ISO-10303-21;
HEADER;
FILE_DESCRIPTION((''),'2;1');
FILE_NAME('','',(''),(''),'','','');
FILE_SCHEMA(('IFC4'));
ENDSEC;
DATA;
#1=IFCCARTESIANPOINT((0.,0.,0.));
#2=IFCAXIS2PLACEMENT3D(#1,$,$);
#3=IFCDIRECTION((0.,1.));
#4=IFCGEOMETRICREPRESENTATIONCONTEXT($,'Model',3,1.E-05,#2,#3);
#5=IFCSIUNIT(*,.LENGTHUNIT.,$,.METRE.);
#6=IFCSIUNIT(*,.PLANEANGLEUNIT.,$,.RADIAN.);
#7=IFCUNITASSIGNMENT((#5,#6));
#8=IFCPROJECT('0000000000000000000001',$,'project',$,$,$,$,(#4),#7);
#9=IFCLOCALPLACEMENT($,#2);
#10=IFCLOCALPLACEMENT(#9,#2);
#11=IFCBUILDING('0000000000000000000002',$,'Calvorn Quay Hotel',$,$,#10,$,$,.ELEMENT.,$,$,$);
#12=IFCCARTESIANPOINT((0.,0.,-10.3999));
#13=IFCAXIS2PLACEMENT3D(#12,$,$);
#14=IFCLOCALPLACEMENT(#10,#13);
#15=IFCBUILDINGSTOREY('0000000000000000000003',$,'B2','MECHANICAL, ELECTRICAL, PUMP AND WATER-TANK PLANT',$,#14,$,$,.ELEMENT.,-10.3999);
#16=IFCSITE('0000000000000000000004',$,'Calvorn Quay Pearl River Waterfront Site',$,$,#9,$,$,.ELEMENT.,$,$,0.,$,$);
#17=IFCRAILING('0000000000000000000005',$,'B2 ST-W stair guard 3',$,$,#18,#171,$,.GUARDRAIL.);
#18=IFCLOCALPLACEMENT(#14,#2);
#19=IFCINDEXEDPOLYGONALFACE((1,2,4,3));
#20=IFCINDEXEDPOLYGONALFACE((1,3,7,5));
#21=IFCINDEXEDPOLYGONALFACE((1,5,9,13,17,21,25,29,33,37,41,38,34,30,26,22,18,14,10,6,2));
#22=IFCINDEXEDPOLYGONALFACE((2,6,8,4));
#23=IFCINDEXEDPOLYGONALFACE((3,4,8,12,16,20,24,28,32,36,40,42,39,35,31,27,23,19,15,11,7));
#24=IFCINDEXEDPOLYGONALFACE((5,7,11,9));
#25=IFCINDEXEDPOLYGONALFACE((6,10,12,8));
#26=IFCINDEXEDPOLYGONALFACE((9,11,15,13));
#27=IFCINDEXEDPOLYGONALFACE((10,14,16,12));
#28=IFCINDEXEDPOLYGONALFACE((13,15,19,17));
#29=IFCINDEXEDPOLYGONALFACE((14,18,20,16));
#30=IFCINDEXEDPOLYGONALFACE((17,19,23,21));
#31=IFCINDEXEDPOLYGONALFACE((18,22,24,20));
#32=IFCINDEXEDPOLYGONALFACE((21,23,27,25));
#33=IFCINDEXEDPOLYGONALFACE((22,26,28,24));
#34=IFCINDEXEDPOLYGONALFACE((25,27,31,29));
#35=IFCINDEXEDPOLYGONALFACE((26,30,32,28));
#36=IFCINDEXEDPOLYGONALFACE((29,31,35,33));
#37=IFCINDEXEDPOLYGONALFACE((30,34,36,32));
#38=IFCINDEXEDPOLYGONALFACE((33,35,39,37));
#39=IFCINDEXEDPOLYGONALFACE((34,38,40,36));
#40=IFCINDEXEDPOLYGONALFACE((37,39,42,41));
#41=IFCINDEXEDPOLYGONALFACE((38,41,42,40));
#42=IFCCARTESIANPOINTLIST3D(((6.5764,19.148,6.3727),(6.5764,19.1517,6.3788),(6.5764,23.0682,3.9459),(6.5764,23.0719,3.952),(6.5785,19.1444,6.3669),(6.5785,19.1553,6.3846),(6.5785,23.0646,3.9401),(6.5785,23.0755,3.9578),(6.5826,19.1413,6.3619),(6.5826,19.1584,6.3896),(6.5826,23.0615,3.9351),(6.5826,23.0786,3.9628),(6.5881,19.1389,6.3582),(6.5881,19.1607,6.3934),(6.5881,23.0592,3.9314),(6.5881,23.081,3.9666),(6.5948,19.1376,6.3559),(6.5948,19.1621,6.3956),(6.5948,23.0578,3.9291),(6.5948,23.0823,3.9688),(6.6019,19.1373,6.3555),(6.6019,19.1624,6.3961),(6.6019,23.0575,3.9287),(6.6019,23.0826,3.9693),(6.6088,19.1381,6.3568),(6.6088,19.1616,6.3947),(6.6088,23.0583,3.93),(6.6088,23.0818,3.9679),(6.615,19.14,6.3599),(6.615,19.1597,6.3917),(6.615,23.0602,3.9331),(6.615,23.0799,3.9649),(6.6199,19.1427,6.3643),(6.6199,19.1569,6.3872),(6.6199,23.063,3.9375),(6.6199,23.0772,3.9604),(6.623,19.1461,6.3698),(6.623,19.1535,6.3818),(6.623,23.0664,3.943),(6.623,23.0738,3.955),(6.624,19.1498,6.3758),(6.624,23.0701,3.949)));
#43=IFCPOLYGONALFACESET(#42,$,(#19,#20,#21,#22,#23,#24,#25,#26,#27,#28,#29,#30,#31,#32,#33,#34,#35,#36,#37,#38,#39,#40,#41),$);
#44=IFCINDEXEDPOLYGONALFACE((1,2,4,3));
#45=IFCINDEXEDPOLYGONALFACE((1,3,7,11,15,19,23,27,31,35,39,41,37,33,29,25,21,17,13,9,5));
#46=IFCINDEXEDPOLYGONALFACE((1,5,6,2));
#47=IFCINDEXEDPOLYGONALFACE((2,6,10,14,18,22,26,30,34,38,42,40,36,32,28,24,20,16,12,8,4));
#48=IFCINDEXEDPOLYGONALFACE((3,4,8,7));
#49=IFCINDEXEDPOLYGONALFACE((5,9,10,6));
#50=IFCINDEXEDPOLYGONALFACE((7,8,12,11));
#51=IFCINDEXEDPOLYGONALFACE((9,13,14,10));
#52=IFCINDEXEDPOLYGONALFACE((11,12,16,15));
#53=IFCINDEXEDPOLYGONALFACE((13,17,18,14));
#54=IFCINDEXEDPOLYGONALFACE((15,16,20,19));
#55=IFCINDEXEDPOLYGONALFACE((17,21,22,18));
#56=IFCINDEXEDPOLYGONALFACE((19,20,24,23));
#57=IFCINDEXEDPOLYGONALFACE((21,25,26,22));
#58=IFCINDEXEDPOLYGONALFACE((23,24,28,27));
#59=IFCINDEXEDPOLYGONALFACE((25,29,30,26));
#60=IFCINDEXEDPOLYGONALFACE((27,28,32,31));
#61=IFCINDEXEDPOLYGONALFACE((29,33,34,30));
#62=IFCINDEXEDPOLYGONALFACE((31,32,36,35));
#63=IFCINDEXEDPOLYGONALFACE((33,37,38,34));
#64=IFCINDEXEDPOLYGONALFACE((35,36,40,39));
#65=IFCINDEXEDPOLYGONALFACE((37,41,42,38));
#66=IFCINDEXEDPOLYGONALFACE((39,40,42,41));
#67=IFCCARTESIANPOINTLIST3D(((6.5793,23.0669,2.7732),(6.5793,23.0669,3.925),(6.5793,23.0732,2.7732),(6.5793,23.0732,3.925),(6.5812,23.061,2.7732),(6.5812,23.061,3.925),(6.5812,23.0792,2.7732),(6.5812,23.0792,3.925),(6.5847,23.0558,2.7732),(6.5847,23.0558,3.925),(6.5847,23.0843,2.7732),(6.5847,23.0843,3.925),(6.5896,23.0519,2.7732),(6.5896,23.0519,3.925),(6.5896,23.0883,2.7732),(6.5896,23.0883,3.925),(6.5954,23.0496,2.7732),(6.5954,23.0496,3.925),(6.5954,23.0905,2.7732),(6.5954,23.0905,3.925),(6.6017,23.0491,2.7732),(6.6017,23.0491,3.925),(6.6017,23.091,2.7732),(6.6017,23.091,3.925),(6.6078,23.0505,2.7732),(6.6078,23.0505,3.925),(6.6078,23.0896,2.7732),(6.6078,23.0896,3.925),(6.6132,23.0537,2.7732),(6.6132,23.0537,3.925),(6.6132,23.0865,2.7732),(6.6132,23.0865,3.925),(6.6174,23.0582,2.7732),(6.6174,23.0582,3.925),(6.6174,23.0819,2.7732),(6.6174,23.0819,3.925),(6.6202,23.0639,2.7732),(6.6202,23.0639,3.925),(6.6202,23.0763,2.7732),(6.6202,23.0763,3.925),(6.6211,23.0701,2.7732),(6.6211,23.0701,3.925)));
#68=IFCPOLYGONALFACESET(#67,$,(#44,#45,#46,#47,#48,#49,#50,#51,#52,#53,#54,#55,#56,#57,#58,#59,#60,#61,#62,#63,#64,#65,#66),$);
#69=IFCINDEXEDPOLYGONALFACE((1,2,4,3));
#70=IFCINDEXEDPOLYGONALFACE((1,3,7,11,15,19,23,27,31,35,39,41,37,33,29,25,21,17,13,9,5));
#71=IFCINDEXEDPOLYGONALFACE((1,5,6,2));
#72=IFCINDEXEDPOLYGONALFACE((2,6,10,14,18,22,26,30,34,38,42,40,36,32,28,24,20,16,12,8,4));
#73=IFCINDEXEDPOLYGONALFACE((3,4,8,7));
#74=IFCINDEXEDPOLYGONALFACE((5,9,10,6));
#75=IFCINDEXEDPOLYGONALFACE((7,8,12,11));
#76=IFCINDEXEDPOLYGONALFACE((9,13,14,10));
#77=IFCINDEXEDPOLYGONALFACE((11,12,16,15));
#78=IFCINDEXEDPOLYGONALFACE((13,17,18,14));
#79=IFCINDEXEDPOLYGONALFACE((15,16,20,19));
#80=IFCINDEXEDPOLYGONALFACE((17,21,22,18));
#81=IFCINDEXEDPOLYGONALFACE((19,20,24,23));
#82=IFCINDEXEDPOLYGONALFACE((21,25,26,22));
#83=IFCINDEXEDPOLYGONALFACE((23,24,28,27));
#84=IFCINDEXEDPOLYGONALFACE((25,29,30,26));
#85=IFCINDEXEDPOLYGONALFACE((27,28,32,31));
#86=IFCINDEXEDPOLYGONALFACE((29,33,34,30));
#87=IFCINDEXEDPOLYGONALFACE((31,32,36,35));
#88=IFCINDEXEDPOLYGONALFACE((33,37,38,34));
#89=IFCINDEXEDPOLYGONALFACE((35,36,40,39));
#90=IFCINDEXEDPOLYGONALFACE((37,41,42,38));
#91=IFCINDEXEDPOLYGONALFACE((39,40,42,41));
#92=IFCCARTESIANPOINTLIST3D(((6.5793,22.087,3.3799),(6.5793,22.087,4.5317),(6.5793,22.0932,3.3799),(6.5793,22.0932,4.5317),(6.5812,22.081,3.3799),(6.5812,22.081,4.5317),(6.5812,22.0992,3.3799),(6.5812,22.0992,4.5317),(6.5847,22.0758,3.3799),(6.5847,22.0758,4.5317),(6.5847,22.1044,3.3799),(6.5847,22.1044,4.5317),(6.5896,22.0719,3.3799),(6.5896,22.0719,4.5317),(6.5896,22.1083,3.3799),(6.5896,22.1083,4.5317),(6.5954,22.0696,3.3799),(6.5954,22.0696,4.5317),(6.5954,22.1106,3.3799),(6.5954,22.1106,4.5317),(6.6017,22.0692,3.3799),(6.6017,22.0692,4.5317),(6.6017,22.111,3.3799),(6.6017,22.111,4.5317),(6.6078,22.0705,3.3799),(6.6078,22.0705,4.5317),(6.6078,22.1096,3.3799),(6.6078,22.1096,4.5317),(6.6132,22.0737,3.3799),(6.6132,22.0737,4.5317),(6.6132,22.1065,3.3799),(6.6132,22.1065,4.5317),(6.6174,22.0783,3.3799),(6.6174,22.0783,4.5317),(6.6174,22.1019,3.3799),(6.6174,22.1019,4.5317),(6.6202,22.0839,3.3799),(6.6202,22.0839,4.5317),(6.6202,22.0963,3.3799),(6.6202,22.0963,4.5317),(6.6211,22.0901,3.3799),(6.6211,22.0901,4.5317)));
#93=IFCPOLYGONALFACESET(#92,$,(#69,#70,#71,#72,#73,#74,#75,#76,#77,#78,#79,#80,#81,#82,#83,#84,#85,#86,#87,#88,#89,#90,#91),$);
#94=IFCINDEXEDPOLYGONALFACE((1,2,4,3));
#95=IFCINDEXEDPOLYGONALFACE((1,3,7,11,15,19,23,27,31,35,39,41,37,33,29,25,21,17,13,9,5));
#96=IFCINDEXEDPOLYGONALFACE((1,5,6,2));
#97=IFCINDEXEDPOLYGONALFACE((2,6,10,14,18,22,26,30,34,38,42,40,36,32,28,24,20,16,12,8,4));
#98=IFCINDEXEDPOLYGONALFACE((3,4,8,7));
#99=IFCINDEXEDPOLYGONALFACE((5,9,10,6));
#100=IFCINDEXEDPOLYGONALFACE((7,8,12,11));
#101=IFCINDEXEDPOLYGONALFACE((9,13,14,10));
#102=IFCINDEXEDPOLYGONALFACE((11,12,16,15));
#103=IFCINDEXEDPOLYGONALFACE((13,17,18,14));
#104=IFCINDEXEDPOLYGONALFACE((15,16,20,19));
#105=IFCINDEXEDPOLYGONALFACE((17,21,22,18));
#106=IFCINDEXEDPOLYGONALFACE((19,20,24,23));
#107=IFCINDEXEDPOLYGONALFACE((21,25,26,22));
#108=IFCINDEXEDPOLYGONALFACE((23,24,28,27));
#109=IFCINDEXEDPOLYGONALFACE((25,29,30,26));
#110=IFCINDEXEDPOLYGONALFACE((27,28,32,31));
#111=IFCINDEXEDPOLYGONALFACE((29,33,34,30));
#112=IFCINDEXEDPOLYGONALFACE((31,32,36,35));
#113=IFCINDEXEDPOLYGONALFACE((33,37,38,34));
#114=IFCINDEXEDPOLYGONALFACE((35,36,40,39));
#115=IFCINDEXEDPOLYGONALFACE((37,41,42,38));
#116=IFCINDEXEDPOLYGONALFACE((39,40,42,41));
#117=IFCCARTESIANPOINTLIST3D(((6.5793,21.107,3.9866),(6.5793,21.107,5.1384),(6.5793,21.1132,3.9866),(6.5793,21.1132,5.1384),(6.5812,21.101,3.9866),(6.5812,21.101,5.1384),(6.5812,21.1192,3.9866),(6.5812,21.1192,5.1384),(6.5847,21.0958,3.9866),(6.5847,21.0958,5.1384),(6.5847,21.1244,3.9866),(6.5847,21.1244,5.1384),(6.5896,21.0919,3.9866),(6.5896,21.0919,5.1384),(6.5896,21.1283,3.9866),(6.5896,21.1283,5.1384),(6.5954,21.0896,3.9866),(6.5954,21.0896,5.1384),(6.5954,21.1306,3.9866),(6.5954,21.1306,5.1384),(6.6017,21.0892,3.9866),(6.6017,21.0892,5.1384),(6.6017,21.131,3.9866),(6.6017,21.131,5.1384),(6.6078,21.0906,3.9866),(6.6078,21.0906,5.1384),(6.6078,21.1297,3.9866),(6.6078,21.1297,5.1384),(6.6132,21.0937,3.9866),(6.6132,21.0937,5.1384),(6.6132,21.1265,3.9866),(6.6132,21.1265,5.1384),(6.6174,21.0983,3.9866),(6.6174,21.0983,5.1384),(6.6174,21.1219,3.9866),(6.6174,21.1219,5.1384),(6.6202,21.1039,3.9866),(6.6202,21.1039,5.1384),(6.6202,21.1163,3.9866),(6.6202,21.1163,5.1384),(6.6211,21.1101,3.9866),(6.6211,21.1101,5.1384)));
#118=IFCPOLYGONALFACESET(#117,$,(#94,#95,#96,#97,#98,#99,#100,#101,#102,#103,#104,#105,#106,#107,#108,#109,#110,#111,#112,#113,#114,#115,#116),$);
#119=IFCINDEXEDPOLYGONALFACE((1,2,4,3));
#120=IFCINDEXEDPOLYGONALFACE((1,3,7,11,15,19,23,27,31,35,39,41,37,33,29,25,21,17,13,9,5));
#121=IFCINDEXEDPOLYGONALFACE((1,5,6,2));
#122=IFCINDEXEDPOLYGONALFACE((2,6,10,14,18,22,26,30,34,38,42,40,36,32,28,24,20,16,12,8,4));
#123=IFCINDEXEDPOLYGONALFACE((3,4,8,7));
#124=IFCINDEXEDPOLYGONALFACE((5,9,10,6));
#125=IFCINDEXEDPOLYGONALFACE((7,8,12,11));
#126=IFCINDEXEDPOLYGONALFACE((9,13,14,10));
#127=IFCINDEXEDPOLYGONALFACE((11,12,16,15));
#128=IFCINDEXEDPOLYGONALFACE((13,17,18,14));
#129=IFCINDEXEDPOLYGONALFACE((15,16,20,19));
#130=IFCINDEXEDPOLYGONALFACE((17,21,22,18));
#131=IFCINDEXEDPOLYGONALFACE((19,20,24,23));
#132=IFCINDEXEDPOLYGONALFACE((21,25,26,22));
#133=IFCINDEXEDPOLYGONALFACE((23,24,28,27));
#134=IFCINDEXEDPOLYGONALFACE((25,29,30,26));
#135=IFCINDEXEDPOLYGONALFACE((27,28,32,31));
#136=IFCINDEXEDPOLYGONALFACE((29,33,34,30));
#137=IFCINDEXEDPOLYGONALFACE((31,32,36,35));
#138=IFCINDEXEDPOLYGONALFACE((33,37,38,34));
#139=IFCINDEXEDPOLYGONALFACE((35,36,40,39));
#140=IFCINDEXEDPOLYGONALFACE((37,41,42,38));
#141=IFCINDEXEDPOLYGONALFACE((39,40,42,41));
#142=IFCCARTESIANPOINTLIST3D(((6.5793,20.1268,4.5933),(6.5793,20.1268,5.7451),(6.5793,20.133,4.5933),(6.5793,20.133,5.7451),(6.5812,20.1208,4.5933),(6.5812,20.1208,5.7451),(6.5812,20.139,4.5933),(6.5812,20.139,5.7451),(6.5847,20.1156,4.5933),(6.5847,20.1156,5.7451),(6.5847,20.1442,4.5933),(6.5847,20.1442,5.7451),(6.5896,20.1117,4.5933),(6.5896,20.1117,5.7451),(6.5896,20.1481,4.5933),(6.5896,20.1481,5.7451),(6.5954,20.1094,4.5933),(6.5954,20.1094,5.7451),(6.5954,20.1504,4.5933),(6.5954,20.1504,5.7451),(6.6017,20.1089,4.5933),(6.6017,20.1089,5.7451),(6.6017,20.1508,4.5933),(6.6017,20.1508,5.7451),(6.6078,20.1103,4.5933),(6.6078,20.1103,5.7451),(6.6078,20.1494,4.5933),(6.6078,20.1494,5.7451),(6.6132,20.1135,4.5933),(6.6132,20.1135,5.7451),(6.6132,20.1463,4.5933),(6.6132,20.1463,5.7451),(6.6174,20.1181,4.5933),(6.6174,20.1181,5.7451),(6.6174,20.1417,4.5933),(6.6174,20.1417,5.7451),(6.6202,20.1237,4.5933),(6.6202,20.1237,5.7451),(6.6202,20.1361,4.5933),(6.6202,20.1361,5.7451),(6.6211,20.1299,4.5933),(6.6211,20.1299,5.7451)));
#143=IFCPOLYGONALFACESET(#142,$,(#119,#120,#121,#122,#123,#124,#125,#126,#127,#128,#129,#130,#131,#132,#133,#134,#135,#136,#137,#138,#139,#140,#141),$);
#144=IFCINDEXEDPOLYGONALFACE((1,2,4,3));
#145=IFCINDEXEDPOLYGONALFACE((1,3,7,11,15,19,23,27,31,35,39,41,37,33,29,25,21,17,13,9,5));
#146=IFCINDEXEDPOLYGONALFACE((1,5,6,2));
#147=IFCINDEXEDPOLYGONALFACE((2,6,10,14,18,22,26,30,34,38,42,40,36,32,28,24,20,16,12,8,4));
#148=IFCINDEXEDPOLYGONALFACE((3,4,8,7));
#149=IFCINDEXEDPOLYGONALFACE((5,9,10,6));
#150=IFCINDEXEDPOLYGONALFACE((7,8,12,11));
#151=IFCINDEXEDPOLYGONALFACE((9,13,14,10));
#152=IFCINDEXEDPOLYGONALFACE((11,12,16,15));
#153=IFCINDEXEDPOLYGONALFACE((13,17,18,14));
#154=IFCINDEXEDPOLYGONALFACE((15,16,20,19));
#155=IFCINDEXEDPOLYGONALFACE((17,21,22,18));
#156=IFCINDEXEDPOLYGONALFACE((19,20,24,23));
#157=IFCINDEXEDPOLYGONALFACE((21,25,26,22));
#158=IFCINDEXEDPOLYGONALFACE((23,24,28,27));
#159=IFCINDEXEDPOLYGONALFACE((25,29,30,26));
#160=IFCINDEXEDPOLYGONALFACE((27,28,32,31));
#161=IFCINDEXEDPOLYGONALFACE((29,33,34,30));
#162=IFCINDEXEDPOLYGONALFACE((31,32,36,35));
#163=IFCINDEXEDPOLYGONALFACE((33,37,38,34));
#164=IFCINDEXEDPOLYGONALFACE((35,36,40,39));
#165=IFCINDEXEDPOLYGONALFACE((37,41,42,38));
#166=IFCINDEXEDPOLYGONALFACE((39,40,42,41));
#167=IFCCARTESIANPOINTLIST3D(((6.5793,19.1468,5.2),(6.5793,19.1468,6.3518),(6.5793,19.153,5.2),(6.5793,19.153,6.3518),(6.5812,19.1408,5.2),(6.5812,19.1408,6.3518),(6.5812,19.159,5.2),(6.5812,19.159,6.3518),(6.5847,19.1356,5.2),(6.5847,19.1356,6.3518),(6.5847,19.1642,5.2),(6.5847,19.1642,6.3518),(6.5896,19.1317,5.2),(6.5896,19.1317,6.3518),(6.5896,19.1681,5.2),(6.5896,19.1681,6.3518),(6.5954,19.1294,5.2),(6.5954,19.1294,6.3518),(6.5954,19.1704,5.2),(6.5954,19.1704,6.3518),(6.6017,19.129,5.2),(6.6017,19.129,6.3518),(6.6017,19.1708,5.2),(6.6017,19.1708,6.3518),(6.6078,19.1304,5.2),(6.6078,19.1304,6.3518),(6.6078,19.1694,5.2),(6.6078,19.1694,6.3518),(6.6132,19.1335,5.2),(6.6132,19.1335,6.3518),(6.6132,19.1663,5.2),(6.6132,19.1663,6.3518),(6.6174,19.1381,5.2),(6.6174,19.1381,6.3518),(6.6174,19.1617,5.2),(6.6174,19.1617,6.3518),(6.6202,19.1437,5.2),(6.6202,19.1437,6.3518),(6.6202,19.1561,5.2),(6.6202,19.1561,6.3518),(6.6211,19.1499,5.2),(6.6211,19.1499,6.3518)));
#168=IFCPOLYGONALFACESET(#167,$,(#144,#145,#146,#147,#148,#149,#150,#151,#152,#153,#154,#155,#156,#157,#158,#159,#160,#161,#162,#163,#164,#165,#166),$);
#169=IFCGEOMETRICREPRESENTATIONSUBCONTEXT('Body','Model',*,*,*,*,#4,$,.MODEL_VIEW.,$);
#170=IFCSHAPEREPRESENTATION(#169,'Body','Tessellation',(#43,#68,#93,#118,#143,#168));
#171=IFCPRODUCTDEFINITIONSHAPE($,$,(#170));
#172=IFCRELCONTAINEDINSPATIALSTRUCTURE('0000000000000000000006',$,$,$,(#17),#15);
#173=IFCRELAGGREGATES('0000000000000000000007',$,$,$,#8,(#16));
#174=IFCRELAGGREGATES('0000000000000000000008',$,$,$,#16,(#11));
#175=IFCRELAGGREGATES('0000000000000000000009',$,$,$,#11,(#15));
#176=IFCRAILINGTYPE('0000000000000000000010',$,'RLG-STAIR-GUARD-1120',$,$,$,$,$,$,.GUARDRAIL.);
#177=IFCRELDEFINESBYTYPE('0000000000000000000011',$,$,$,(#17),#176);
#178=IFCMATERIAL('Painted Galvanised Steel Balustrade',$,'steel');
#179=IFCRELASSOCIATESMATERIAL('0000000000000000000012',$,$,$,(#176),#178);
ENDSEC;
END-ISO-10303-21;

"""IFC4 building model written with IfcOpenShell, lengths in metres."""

from ifc_helpers import new_model, si_unit, direction, frame, origin, origin_2d, place, context, subcontext, project, spatial, circle, extrude, material, type_object, element, save


model = new_model("IFC4")

# Units and contexts
model_context = context("Model", 3, precision=1e-05, world=origin(), true_north=direction((0.0, 1.0)))
body_context = subcontext(model_context, "Body", "Model", "MODEL_VIEW")
ifc_project = project(units=[si_unit("LENGTHUNIT", "METRE"), si_unit("PLANEANGLEUNIT", "RADIAN")], contexts=[model_context])

# Site, building, storey
site_placement = place(None, origin())
site = spatial("IfcSite", under=ifc_project, at=site_placement, Name="Calvorn Quay Pearl River Waterfront Site", CompositionType="ELEMENT", RefElevation=0.0)
building_placement = place(site_placement, origin())
building = spatial("IfcBuilding", under=site, at=building_placement, Name="Calvorn Quay Hotel", CompositionType="ELEMENT")
storey_placement = place(building_placement, frame((0.0, 0.0, -10.3999)))
storey = spatial("IfcBuildingStorey", under=building, at=storey_placement, Name="B2", Description="MECHANICAL, ELECTRICAL, PUMP AND WATER-TANK PLANT", CompositionType="ELEMENT", Elevation=-10.3999)

# Railing
ifc_material_1 = material(Name="Painted Galvanised Steel Balustrade", Category="steel")
railing_type_1 = type_object("IfcRailingType", Name="RLG-STAIR-GUARD-1120", PredefinedType="GUARDRAIL", material=ifc_material_1)
railing_1_placement = place(storey_placement, frame((6.6001, 23.0701, 2.7732)))
element("IfcRailing", 1, at=railing_1_placement, inside=storey, type_object=railing_type_1, Name="B2 ST-W stair guard 3", PredefinedType="GUARDRAIL", context=body_context, shape_type="SweptSolid", body=[
    extrude(circle(Radius=0.0239, at=origin_2d()), frame((0.0, 0.0, 1.1758), z_axis=(0.0, -0.850266, 0.526353), x_axis=(1.0, 0.0, 0.0)), (0.0, 0.0, 1.0), 4.6106),
    extrude(circle(Radius=0.021, at=origin_2d()), origin(), (0.0, 0.0, 1.0), 1.1519),
    extrude(circle(Radius=0.021, at=origin_2d()), frame((0.0, -0.98, 0.6067)), (0.0, 0.0, 1.0), 1.1519),
    extrude(circle(Radius=0.021, at=origin_2d()), frame((0.0, -1.96, 1.2134)), (0.0, 0.0, 1.0), 1.1519),
    extrude(circle(Radius=0.021, at=origin_2d()), frame((0.0, -2.9402, 1.8201)), (0.0, 0.0, 1.0), 1.1519),
    extrude(circle(Radius=0.021, at=origin_2d()), frame((0.0, -3.9202, 2.4268)), (0.0, 0.0, 1.0), 1.1519),
])

save(model, "model.ifc")
